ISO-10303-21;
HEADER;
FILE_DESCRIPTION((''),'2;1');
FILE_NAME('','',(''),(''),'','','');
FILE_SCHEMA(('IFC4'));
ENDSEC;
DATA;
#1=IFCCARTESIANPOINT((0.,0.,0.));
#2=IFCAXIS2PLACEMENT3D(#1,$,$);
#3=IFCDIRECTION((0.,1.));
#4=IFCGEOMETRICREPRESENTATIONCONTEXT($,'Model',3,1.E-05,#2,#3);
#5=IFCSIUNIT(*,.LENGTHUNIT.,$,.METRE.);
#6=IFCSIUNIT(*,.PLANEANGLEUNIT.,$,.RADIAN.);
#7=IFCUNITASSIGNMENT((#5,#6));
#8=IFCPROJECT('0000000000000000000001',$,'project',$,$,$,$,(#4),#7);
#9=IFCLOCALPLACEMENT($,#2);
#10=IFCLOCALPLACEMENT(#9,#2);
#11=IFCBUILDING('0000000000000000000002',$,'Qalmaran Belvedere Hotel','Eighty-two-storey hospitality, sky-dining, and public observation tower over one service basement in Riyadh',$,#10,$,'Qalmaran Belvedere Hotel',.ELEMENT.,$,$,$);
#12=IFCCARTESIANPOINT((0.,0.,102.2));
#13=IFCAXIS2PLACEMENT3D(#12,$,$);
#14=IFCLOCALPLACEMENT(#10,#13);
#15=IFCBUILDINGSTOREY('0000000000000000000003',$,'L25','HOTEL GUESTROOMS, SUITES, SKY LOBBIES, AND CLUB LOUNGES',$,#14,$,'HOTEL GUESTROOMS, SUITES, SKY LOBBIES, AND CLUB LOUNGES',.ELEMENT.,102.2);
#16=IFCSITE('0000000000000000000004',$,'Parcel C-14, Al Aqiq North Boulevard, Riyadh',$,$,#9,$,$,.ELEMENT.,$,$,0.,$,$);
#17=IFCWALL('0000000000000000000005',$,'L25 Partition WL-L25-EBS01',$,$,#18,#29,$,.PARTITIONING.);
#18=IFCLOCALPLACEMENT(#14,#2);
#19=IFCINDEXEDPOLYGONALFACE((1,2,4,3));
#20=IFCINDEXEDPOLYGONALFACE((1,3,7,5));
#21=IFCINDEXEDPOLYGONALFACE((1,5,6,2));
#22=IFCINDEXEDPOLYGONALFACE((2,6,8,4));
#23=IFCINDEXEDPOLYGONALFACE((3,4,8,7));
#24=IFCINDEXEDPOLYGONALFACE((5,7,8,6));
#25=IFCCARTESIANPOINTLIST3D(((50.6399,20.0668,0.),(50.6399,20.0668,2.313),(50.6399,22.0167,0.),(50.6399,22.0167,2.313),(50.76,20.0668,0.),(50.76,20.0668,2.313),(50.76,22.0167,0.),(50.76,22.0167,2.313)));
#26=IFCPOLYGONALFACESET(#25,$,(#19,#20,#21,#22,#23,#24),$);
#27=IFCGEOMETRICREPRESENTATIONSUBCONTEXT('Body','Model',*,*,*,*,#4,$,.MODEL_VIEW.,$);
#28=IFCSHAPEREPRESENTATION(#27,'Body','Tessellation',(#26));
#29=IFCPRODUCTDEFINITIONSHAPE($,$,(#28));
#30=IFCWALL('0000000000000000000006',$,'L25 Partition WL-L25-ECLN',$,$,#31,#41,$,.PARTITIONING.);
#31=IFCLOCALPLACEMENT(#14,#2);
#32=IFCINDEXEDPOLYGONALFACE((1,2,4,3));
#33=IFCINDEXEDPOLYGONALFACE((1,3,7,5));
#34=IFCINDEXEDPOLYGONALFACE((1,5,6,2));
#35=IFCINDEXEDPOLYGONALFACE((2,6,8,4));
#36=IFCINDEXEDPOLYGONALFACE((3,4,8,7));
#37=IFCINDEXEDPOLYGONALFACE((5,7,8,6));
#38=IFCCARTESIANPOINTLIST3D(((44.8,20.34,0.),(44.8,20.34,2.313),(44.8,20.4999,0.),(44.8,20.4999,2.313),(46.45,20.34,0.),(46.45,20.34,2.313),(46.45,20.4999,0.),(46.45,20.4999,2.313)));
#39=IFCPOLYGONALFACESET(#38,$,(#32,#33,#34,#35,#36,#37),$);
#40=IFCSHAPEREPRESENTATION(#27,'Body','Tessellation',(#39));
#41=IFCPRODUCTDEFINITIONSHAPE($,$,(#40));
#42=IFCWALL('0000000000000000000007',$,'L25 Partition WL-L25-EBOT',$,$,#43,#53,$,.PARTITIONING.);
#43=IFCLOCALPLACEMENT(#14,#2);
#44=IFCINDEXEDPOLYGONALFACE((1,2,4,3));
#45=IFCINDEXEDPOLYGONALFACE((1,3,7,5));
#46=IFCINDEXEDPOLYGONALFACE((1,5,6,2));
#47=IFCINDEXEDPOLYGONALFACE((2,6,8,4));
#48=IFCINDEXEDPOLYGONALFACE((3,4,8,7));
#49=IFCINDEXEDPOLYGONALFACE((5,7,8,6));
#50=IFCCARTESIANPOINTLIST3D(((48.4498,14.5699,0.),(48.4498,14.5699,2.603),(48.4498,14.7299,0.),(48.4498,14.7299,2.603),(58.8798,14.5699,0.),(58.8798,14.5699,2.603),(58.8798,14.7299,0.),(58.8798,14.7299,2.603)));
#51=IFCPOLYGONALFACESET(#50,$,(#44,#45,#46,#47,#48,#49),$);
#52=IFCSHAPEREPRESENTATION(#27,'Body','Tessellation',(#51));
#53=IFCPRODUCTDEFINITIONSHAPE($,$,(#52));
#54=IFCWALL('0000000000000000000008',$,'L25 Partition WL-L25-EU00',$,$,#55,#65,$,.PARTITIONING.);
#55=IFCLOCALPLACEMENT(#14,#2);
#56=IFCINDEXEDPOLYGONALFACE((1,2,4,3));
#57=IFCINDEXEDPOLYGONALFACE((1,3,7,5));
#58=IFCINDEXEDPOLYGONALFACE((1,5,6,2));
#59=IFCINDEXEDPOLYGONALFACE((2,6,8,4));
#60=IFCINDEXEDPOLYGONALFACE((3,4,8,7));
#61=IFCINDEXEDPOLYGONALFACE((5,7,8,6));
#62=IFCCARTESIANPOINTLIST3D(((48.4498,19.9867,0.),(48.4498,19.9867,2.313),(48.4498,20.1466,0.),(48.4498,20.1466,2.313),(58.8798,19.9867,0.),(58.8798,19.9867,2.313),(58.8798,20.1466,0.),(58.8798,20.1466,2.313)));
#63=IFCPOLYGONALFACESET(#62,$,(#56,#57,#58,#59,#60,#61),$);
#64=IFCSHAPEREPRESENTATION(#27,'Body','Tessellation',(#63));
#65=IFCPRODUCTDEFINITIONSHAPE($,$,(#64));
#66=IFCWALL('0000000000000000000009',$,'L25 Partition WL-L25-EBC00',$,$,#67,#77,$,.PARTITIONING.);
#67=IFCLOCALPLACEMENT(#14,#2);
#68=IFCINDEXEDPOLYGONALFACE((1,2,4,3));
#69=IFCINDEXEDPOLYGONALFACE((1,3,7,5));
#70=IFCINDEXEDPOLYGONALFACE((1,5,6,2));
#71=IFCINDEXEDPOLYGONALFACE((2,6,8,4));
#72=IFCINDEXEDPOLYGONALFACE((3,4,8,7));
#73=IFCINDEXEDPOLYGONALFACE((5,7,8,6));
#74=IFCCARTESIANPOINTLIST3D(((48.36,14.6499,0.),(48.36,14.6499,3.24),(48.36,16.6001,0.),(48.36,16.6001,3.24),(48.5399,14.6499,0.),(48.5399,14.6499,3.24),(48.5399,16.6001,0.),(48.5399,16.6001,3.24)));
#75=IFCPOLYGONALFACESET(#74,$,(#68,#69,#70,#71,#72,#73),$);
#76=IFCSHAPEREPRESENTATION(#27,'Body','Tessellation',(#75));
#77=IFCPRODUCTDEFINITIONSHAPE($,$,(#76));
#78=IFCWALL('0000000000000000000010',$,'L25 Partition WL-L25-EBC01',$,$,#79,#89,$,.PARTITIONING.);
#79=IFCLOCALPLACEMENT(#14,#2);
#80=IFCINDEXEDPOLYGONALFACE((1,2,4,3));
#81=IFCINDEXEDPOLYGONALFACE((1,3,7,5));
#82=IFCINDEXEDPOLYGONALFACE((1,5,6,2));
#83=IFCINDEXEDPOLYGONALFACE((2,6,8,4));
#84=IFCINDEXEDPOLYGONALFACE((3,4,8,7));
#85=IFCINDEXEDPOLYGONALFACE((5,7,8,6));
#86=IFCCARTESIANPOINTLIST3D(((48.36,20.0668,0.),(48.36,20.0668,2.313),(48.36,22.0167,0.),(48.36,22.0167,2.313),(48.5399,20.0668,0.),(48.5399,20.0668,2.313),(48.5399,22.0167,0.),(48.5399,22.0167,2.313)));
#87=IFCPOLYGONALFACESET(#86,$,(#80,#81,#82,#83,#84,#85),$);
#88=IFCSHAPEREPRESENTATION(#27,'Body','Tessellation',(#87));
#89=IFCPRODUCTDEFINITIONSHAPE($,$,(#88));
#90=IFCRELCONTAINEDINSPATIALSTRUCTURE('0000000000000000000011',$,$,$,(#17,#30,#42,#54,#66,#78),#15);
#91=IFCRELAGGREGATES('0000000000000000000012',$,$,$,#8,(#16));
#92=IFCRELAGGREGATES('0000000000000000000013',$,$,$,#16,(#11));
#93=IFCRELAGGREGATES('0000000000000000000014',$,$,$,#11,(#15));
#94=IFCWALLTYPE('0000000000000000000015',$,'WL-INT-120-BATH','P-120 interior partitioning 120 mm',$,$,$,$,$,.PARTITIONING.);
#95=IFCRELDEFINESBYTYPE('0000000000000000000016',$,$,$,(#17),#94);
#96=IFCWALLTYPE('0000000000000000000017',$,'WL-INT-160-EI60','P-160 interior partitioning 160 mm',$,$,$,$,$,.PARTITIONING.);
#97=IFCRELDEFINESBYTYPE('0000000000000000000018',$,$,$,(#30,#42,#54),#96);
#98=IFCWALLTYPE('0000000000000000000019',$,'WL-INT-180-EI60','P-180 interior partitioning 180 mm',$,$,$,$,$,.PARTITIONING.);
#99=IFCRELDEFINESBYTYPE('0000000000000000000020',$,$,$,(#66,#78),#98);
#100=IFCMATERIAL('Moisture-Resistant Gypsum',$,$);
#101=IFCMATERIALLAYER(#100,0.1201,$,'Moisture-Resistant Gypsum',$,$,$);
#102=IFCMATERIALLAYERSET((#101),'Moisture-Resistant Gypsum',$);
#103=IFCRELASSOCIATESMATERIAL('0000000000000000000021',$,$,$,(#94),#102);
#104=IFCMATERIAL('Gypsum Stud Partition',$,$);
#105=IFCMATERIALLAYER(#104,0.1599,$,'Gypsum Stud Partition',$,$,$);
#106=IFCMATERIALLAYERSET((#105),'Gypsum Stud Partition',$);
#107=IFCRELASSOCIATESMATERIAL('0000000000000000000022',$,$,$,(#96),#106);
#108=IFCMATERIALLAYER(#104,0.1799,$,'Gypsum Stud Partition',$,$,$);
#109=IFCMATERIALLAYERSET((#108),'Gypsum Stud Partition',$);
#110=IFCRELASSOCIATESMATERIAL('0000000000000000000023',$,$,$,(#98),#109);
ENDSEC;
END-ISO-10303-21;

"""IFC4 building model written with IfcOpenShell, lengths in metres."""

from ifc_helpers import new_model, si_unit, direction, frame, frame_2d, origin, place, context, subcontext, project, spatial, rectangle, extrude, material, layer, layer_set, type_object, element, save


model = new_model("IFC4")

# Units and contexts
model_context = context("Model", 3, precision=1e-05, world=origin(), true_north=direction((0.0, 1.0)))
body_context = subcontext(model_context, "Body", "Model", "MODEL_VIEW")
ifc_project = project(units=[si_unit("LENGTHUNIT", "METRE"), si_unit("PLANEANGLEUNIT", "RADIAN")], contexts=[model_context])

# Site, building, storey
site_placement = place(None, origin())
site = spatial("IfcSite", under=ifc_project, at=site_placement, Name="Parcel C-14, Al Aqiq North Boulevard, Riyadh", CompositionType="ELEMENT", RefElevation=0.0)
building_placement = place(site_placement, origin())
building = spatial("IfcBuilding", under=site, at=building_placement, Name="Qalmaran Belvedere Hotel", Description="Eighty-two-storey hospitality, sky-dining, and public observation tower over one service basement in Riyadh", LongName="Qalmaran Belvedere Hotel", CompositionType="ELEMENT")
storey_placement = place(building_placement, frame((0.0, 0.0, 102.2)))
storey = spatial("IfcBuildingStorey", under=building, at=storey_placement, Name="L25", Description="HOTEL GUESTROOMS, SUITES, SKY LOBBIES, AND CLUB LOUNGES", LongName="HOTEL GUESTROOMS, SUITES, SKY LOBBIES, AND CLUB LOUNGES", CompositionType="ELEMENT", Elevation=102.2)

# Shared definitions
ifc_material_1 = material(Name="Moisture-Resistant Gypsum")
ifc_layer_1 = layer(ifc_material_1, 0.1201, Name="Moisture-Resistant Gypsum")
ifc_layer_set_1 = layer_set([ifc_layer_1], Name="Moisture-Resistant Gypsum")
wall_type_1 = type_object("IfcWallType", Name="WL-INT-120-BATH", Description="P-120 interior partitioning 120 mm", PredefinedType="PARTITIONING", material=ifc_layer_set_1)

# Walls
wall_1_placement = place(storey_placement, frame((50.7, 20.0667, 0.0), z_axis=(0.0, 0.0, 1.0), x_axis=(0.0, 1.0, 0.0)))
element("IfcWall", 1, at=wall_1_placement, inside=storey, type_object=wall_type_1, Name="L25 Partition WL-L25-EBS01", PredefinedType="PARTITIONING", context=body_context, shape_type="SweptSolid", body=[
    extrude(rectangle(XDim=1.95, YDim=0.1201, at=frame_2d((0.9751, 0.0))), origin(), (0.0, 0.0, 1.0), 2.313),
])
ifc_material_2 = material(Name="Gypsum Stud Partition")
ifc_layer_2 = layer(ifc_material_2, 0.1599, Name="Gypsum Stud Partition")
ifc_layer_set_2 = layer_set([ifc_layer_2], Name="Gypsum Stud Partition")
wall_type_2 = type_object("IfcWallType", Name="WL-INT-160-EI60", Description="P-160 interior partitioning 160 mm", PredefinedType="PARTITIONING", material=ifc_layer_set_2)
wall_2_placement = place(storey_placement, frame((44.8, 20.4199, 0.0), z_axis=(0.0, 0.0, 1.0), x_axis=(1.0, 0.0, 0.0)))
element("IfcWall", 2, at=wall_2_placement, inside=storey, type_object=wall_type_2, Name="L25 Partition WL-L25-ECLN", PredefinedType="PARTITIONING", context=body_context, shape_type="SweptSolid", body=[
    extrude(rectangle(XDim=1.6499, YDim=0.1599, at=frame_2d((0.825, 0.0))), origin(), (0.0, 0.0, 1.0), 2.313),
])
wall_3_placement = place(storey_placement, frame((48.45, 14.6499, 0.0), z_axis=(0.0, 0.0, 1.0), x_axis=(1.0, 0.0, 0.0)))
element("IfcWall", 3, at=wall_3_placement, inside=storey, type_object=wall_type_2, Name="L25 Partition WL-L25-EBOT", PredefinedType="PARTITIONING", context=body_context, shape_type="SweptSolid", body=[
    extrude(rectangle(XDim=10.4299, YDim=0.1599, at=frame_2d((5.2148, 0.0))), origin(), (0.0, 0.0, 1.0), 2.603),
])
wall_4_placement = place(storey_placement, frame((48.45, 20.0667, 0.0), z_axis=(0.0, 0.0, 1.0), x_axis=(1.0, 0.0, 0.0)))
element("IfcWall", 4, at=wall_4_placement, inside=storey, type_object=wall_type_2, Name="L25 Partition WL-L25-EU00", PredefinedType="PARTITIONING", context=body_context, shape_type="SweptSolid", body=[
    extrude(rectangle(XDim=10.4299, YDim=0.1599, at=frame_2d((5.2148, 0.0))), origin(), (0.0, 0.0, 1.0), 2.313),
])
ifc_layer_3 = layer(ifc_material_2, 0.1799, Name="Gypsum Stud Partition")
ifc_layer_set_3 = layer_set([ifc_layer_3], Name="Gypsum Stud Partition")
wall_type_3 = type_object("IfcWallType", Name="WL-INT-180-EI60", Description="P-180 interior partitioning 180 mm", PredefinedType="PARTITIONING", material=ifc_layer_set_3)
wall_5_placement = place(storey_placement, frame((48.45, 14.6499, 0.0), z_axis=(0.0, 0.0, 1.0), x_axis=(0.0, 1.0, 0.0)))
element("IfcWall", 5, at=wall_5_placement, inside=storey, type_object=wall_type_3, Name="L25 Partition WL-L25-EBC00", PredefinedType="PARTITIONING", context=body_context, shape_type="SweptSolid", body=[
    extrude(rectangle(XDim=1.9502, YDim=0.1799, at=frame_2d((0.9751, 0.0))), origin(), (0.0, 0.0, 1.0), 3.24),
])

# Wall
wall_6_placement = place(storey_placement, frame((48.45, 20.0667, 0.0), z_axis=(0.0, 0.0, 1.0), x_axis=(0.0, 1.0, 0.0)))
element("IfcWall", 6, at=wall_6_placement, inside=storey, type_object=wall_type_3, Name="L25 Partition WL-L25-EBC01", PredefinedType="PARTITIONING", context=body_context, shape_type="SweptSolid", body=[
    extrude(rectangle(XDim=1.95, YDim=0.1799, at=frame_2d((0.9751, 0.0))), origin(), (0.0, 0.0, 1.0), 2.313),
])

save(model, "model.ifc")
